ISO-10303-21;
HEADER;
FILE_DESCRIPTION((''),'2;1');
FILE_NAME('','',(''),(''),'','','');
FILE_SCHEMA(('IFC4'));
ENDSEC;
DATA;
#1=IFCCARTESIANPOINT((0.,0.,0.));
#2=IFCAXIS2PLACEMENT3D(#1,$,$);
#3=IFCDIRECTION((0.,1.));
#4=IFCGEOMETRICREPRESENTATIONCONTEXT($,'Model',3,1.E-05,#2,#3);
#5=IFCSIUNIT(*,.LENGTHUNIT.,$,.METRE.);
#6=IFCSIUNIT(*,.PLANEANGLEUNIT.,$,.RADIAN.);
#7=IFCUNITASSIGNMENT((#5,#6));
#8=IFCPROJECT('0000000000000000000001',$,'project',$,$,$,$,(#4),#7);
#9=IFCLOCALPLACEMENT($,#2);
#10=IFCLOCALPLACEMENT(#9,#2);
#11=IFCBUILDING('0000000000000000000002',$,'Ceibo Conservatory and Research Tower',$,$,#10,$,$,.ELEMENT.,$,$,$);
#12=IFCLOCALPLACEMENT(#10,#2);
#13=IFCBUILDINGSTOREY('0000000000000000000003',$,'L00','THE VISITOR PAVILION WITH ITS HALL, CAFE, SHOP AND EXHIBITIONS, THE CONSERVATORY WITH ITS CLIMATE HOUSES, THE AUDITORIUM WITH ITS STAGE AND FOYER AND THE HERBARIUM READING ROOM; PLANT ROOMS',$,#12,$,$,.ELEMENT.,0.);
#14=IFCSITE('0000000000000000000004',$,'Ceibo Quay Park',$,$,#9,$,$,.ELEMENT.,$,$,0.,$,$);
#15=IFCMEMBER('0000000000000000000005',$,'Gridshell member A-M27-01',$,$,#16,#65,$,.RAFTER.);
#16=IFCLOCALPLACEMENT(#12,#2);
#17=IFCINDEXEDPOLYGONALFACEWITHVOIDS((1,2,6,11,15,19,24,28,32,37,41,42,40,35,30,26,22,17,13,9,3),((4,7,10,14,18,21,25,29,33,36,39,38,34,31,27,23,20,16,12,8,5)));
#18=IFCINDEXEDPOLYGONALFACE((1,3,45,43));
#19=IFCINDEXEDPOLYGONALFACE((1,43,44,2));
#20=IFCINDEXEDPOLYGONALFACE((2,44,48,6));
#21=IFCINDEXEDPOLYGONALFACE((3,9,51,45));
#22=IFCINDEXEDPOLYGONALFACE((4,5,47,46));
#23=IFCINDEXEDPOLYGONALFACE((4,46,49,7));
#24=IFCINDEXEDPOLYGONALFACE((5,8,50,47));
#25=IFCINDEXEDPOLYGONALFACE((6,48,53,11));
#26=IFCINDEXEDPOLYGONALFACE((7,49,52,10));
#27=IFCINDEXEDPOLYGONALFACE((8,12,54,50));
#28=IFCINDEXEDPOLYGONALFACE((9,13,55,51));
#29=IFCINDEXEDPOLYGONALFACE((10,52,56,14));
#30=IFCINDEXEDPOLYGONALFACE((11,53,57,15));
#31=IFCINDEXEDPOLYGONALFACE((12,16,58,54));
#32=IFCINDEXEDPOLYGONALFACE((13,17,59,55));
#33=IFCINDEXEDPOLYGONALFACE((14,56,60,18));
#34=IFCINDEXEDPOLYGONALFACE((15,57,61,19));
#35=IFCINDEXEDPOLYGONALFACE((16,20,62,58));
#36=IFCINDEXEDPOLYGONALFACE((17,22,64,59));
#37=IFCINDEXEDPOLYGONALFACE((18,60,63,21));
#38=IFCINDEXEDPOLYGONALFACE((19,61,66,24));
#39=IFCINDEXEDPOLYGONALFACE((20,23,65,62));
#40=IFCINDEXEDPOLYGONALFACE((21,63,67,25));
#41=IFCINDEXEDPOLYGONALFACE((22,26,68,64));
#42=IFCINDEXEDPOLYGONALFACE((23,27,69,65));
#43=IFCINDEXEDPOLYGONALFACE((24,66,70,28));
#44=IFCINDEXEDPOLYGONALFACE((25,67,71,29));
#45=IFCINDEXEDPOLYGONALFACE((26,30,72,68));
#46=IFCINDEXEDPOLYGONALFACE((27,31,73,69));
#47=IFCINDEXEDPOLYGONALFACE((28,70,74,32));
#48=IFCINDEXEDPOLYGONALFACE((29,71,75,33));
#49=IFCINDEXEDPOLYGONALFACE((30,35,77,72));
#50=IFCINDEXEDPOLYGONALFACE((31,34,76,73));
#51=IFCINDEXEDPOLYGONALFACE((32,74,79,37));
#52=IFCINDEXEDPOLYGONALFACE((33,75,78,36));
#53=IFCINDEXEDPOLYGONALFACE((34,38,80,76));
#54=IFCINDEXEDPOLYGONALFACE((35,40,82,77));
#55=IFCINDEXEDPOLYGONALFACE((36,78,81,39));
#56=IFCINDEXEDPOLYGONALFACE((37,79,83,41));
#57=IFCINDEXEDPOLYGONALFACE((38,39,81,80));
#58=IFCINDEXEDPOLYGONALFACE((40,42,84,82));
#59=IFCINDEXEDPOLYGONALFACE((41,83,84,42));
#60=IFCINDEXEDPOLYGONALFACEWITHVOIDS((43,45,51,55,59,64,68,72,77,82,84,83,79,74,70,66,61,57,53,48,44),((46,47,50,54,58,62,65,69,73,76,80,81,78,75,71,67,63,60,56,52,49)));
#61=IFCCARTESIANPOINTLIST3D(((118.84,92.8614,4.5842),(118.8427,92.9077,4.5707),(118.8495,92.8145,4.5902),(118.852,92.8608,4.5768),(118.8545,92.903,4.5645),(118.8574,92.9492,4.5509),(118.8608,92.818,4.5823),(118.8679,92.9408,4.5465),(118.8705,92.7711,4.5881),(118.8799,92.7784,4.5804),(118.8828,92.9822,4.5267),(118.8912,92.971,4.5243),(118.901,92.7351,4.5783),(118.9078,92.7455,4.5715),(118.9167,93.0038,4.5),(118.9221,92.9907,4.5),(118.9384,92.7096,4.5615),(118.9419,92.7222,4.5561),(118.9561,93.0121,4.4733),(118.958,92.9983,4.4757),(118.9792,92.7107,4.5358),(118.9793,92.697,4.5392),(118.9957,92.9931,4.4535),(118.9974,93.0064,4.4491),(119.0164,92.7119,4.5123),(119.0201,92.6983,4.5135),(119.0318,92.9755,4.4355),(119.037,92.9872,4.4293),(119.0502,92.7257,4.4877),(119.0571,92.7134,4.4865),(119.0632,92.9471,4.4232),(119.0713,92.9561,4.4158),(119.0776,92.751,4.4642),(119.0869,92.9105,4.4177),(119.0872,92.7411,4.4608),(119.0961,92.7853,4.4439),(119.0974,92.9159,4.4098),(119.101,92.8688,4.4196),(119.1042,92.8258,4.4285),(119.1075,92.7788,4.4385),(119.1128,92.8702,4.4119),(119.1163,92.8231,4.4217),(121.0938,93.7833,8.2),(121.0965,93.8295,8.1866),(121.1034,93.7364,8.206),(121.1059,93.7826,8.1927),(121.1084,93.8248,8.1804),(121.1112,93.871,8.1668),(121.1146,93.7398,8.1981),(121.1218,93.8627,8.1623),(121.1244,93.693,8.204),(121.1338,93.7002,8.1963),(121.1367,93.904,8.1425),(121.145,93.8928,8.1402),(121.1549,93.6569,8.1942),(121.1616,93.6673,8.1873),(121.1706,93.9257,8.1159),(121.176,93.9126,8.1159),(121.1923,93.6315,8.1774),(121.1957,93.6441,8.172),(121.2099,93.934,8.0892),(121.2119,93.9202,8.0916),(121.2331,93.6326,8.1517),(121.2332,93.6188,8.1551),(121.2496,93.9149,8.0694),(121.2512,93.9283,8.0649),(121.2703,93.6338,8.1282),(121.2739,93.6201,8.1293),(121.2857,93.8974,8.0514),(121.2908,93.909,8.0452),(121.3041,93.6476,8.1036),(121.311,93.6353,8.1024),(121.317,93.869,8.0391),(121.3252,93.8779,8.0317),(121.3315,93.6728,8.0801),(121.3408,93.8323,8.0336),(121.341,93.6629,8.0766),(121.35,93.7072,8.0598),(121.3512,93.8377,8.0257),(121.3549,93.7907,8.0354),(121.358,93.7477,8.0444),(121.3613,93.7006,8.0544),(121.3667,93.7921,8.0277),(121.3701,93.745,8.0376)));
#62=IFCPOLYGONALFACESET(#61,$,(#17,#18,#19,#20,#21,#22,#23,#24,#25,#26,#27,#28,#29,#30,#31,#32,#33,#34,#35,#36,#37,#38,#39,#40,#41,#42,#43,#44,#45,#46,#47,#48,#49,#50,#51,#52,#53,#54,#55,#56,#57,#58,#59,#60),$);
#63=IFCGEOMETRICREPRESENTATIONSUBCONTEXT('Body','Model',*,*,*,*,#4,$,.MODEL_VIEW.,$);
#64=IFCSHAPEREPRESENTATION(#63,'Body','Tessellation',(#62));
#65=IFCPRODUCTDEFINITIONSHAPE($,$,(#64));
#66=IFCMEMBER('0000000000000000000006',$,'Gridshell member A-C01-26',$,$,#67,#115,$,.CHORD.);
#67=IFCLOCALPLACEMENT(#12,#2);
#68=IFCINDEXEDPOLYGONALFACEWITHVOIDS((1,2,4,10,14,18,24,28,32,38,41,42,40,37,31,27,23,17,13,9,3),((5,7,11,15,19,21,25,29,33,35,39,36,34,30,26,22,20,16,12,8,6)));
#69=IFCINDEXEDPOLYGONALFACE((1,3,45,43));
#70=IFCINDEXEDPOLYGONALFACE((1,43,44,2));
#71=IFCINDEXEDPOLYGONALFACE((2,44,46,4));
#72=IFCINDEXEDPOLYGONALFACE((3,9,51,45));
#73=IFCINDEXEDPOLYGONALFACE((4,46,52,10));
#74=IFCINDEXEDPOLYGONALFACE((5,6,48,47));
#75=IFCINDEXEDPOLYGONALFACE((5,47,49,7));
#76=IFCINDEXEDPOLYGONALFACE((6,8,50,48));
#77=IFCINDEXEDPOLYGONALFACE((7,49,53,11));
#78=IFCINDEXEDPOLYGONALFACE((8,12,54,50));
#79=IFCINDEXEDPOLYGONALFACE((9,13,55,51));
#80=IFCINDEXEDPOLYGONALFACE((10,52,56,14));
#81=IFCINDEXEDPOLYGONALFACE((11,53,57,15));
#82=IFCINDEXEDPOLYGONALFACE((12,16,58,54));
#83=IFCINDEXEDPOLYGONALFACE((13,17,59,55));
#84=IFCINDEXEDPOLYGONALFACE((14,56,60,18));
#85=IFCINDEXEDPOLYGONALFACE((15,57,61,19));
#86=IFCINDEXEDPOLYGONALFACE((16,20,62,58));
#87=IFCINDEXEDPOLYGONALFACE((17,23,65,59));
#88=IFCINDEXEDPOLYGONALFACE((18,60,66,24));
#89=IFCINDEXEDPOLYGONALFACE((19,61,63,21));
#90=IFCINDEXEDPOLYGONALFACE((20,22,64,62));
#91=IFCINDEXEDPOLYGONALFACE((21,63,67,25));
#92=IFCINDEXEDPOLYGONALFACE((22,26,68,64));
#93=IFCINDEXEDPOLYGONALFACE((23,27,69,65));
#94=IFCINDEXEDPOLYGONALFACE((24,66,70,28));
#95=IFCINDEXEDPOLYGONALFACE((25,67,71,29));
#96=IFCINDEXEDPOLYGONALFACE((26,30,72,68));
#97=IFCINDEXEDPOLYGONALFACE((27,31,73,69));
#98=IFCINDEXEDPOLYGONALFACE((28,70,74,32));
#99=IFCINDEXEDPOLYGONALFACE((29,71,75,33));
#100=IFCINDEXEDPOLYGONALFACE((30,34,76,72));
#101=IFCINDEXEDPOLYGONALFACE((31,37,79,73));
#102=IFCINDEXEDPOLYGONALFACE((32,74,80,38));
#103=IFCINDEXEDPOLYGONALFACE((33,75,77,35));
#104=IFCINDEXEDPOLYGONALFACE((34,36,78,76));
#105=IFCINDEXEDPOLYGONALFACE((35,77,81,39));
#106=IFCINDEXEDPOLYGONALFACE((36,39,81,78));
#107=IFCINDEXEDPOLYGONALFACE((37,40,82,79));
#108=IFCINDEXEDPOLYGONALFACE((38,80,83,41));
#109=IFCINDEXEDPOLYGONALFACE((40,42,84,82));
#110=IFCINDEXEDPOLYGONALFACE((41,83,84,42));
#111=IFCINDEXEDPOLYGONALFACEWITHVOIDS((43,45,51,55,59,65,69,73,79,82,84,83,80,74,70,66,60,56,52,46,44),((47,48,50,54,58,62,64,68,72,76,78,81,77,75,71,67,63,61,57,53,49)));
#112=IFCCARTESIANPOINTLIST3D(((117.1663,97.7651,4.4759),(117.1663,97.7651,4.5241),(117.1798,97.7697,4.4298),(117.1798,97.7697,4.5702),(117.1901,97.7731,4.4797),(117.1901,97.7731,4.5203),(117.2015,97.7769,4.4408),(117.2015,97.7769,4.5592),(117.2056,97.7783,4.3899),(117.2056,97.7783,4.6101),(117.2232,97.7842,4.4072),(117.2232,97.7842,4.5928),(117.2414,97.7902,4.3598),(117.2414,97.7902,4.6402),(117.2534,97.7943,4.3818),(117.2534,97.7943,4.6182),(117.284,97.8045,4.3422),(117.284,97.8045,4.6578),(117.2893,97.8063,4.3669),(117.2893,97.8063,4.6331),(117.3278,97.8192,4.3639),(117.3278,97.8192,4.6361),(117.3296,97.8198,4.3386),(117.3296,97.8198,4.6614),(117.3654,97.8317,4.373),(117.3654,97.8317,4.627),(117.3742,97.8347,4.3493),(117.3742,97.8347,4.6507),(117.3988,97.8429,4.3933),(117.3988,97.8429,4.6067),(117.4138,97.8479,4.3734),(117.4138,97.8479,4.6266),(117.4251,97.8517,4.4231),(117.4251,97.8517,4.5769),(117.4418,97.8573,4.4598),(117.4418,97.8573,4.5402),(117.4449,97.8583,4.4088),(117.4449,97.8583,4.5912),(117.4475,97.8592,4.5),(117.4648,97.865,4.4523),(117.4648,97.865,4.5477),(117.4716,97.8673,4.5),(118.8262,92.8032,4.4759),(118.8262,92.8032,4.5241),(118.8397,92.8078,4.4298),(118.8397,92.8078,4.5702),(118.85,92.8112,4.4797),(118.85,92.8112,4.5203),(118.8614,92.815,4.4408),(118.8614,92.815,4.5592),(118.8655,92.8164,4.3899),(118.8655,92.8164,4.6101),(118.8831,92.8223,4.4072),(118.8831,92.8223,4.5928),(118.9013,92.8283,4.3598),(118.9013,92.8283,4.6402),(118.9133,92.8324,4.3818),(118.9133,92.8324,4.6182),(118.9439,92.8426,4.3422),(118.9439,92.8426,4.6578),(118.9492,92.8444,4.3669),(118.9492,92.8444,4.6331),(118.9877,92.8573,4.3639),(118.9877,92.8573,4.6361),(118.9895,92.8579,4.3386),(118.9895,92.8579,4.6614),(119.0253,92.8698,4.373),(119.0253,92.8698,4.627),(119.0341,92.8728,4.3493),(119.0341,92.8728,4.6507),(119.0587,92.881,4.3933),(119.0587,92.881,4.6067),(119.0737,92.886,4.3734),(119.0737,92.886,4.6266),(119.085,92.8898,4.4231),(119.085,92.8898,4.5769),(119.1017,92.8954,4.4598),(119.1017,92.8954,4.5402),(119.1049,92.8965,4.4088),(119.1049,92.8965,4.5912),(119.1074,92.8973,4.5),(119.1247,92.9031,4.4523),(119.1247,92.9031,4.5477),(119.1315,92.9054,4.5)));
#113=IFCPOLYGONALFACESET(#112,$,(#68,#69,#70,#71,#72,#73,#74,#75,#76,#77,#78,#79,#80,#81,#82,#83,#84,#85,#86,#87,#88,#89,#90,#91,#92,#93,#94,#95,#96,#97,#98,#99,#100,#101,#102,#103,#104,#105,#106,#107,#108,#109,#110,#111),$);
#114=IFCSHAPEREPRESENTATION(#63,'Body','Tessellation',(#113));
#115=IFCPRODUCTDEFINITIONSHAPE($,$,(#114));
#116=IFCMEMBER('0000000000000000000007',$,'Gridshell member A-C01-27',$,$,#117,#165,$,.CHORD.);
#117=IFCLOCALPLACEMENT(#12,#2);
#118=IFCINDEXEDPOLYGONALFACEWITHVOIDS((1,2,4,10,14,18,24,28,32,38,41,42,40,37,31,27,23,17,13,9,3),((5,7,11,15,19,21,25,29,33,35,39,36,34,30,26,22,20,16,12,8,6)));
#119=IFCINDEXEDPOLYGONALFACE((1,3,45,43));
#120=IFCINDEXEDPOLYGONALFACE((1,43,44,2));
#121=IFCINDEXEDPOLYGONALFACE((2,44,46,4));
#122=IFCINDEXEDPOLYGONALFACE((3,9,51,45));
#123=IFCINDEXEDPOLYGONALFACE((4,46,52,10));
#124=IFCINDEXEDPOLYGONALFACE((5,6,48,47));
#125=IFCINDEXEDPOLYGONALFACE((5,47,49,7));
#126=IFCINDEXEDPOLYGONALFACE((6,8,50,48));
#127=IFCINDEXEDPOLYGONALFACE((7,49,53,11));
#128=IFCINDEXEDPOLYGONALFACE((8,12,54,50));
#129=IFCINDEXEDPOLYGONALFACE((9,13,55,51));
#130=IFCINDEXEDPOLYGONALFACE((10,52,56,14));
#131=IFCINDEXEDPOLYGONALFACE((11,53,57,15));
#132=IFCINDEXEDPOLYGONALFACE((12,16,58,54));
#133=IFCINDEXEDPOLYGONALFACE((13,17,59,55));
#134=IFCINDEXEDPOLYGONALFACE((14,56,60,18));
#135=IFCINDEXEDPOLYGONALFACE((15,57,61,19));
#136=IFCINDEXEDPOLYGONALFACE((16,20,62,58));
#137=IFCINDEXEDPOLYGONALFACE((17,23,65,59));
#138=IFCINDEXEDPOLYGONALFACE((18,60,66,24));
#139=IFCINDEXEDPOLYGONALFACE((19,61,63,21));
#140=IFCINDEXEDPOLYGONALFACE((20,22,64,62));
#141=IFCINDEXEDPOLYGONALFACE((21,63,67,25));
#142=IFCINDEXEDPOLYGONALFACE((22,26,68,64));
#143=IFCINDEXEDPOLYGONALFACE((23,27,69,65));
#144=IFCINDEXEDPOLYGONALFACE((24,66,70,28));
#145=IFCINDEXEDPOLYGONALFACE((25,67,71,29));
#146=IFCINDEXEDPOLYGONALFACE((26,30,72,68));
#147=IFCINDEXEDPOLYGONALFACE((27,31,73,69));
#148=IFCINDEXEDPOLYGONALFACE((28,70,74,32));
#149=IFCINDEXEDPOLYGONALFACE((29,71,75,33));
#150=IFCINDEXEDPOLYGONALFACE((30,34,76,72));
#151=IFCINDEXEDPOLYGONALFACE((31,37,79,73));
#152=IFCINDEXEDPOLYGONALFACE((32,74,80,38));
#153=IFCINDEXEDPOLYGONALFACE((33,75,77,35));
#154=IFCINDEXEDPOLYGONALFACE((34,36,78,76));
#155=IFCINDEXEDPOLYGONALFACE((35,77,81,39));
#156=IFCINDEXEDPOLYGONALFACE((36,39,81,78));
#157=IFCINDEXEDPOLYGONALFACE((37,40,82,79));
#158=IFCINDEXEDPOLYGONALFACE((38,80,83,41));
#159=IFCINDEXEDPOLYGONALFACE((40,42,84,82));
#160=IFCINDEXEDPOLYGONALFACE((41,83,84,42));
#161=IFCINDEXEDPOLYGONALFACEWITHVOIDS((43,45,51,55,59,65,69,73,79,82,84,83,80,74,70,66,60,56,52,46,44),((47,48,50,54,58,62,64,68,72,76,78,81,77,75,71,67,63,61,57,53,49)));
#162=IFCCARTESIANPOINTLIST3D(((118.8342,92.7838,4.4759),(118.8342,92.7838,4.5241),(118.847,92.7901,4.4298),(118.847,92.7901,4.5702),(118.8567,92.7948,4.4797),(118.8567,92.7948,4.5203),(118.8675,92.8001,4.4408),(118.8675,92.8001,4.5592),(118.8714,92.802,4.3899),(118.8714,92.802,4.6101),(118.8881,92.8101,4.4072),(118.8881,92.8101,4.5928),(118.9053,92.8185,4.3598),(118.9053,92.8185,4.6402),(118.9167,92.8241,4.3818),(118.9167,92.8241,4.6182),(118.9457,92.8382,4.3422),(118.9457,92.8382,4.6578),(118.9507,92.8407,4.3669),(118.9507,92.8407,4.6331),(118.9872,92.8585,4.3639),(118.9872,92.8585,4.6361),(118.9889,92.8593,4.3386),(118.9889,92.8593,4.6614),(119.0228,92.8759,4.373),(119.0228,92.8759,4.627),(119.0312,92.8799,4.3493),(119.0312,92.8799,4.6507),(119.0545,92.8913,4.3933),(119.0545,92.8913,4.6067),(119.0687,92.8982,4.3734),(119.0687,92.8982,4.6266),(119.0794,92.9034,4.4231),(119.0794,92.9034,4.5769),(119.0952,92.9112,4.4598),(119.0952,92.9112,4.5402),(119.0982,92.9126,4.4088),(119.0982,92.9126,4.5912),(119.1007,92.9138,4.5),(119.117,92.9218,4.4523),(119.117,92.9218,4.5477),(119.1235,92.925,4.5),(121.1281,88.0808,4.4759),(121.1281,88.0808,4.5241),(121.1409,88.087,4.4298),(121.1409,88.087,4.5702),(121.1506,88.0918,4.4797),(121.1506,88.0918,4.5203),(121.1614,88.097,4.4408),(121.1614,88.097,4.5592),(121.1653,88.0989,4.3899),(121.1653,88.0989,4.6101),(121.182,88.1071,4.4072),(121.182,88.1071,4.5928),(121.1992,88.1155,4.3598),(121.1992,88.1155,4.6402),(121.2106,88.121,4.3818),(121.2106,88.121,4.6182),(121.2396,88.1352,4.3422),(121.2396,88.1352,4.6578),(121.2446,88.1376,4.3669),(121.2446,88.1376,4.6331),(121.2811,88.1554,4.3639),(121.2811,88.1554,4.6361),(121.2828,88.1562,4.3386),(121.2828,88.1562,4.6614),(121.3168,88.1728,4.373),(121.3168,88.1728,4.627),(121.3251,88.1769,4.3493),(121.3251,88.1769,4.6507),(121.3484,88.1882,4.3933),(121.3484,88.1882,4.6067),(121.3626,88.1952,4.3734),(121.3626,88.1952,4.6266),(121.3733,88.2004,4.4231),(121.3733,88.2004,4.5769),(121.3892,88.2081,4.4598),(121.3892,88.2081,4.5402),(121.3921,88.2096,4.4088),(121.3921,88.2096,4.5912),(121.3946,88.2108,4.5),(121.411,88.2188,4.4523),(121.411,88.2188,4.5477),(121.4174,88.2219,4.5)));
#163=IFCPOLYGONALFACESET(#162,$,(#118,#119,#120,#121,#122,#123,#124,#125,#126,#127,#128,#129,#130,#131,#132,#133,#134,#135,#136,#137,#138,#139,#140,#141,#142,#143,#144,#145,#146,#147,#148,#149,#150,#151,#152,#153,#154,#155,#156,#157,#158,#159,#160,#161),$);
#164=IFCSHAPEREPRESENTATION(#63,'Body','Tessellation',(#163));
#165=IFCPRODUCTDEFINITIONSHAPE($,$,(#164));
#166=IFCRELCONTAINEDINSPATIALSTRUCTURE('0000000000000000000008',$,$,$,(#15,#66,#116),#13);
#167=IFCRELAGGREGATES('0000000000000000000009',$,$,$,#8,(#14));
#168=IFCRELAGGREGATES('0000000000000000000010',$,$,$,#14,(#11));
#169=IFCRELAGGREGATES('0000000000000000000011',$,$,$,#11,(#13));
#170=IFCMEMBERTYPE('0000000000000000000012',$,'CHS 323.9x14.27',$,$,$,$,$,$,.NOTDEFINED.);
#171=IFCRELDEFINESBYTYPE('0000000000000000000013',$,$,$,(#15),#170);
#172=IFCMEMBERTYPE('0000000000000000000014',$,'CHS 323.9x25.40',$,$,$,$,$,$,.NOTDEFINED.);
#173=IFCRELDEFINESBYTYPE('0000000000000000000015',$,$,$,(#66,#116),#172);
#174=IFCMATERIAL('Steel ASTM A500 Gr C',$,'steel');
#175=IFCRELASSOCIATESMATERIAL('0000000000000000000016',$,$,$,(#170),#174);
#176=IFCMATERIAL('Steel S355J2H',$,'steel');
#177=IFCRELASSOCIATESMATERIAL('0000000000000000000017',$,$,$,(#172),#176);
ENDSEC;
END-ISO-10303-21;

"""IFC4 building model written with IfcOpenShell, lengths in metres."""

from ifc_helpers import new_model, si_unit, direction, frame, origin, origin_2d, place, context, subcontext, project, spatial, hollow_circle, extrude, material, material_profile, profile_set, type_object, element, save


model = new_model("IFC4")

# Units and contexts
model_context = context("Model", 3, precision=1e-05, world=origin(), true_north=direction((0.0, 1.0)))
body_context = subcontext(model_context, "Body", "Model", "MODEL_VIEW")
ifc_project = project(units=[si_unit("LENGTHUNIT", "METRE"), si_unit("PLANEANGLEUNIT", "RADIAN")], contexts=[model_context])

# Site, building, storey
site_placement = place(None, origin())
site = spatial("IfcSite", under=ifc_project, at=site_placement, Name="Ceibo Quay Park", CompositionType="ELEMENT", RefElevation=0.0)
building_placement = place(site_placement, origin())
building = spatial("IfcBuilding", under=site, at=building_placement, Name="Ceibo Conservatory and Research Tower", CompositionType="ELEMENT")
storey_placement = place(building_placement, origin())
storey = spatial("IfcBuildingStorey", under=building, at=storey_placement, Name="L00", Description="THE VISITOR PAVILION WITH ITS HALL, CAFE, SHOP AND EXHIBITIONS, THE CONSERVATORY WITH ITS CLIMATE HOUSES, THE AUDITORIUM WITH ITS STAGE AND FOYER AND THE HERBARIUM READING ROOM; PLANT ROOMS", CompositionType="ELEMENT", Elevation=0.0)

# Shared definitions
ifc_material_1 = material(Name="Steel ASTM A500 Gr C", Category="steel")

# Members
ifc_material_profile_1 = material_profile(ifc_material_1, hollow_circle(Radius=0.1619, WallThickness=0.0142, at=origin_2d()), Name="CHS 323.9x14.27")
ifc_profile_set_1 = profile_set([ifc_material_profile_1], Name="Steel ASTM A500 Gr C")
member_type_1 = type_object("IfcMemberType", Name="CHS 323.9x14.27", PredefinedType="NOTDEFINED", material=ifc_profile_set_1)
member_1_placement = place(storey_placement, frame((118.978, 92.854, 4.5), z_axis=(0.517011, 0.211464, 0.829447), x_axis=(-0.37857, 0.925573, 0.0)))
element("IfcMember", 1, at=member_1_placement, inside=storey, type_object=member_type_1, Name="Gridshell member A-M27-01", PredefinedType="RAFTER", context=body_context, shape_type="SweptSolid", body=[
    extrude(hollow_circle(Radius=0.1619, WallThickness=0.0142, at=origin_2d()), origin(), (0.0, 0.0, 1.0), 4.3594),
])
ifc_material_2 = material(Name="Steel S355J2H", Category="steel")
ifc_material_profile_2 = material_profile(ifc_material_2, hollow_circle(Radius=0.1619, WallThickness=0.0254, at=origin_2d()), Name="CHS 323.9x25.40")
ifc_profile_set_2 = profile_set([ifc_material_profile_2], Name="Steel S355J2H")
member_type_2 = type_object("IfcMemberType", Name="CHS 323.9x25.40", PredefinedType="NOTDEFINED", material=ifc_profile_set_2)
member_2_placement = place(storey_placement, frame((117.3181, 97.8159, 4.5), z_axis=(0.317249, -0.948342, 0.0), x_axis=(0.948342, 0.317249, 0.0)))
element("IfcMember", 2, at=member_2_placement, inside=storey, type_object=member_type_2, Name="Gridshell member A-C01-26", PredefinedType="CHORD", context=body_context, shape_type="SweptSolid", body=[
    extrude(hollow_circle(Radius=0.1619, WallThickness=0.0254, at=origin_2d()), origin(), (0.0, 0.0, 1.0), 5.2322),
])
member_3_placement = place(storey_placement, frame((118.978, 92.854, 4.5), z_axis=(0.438383, -0.898788, 0.0), x_axis=(0.898788, 0.438383, 0.0)))
element("IfcMember", 3, at=member_3_placement, inside=storey, type_object=member_type_2, Name="Gridshell member A-C01-27", PredefinedType="CHORD", context=body_context, shape_type="SweptSolid", body=[
    extrude(hollow_circle(Radius=0.1619, WallThickness=0.0254, at=origin_2d()), origin(), (0.0, 0.0, 1.0), 5.2327),
])

save(model, "model.ifc")
